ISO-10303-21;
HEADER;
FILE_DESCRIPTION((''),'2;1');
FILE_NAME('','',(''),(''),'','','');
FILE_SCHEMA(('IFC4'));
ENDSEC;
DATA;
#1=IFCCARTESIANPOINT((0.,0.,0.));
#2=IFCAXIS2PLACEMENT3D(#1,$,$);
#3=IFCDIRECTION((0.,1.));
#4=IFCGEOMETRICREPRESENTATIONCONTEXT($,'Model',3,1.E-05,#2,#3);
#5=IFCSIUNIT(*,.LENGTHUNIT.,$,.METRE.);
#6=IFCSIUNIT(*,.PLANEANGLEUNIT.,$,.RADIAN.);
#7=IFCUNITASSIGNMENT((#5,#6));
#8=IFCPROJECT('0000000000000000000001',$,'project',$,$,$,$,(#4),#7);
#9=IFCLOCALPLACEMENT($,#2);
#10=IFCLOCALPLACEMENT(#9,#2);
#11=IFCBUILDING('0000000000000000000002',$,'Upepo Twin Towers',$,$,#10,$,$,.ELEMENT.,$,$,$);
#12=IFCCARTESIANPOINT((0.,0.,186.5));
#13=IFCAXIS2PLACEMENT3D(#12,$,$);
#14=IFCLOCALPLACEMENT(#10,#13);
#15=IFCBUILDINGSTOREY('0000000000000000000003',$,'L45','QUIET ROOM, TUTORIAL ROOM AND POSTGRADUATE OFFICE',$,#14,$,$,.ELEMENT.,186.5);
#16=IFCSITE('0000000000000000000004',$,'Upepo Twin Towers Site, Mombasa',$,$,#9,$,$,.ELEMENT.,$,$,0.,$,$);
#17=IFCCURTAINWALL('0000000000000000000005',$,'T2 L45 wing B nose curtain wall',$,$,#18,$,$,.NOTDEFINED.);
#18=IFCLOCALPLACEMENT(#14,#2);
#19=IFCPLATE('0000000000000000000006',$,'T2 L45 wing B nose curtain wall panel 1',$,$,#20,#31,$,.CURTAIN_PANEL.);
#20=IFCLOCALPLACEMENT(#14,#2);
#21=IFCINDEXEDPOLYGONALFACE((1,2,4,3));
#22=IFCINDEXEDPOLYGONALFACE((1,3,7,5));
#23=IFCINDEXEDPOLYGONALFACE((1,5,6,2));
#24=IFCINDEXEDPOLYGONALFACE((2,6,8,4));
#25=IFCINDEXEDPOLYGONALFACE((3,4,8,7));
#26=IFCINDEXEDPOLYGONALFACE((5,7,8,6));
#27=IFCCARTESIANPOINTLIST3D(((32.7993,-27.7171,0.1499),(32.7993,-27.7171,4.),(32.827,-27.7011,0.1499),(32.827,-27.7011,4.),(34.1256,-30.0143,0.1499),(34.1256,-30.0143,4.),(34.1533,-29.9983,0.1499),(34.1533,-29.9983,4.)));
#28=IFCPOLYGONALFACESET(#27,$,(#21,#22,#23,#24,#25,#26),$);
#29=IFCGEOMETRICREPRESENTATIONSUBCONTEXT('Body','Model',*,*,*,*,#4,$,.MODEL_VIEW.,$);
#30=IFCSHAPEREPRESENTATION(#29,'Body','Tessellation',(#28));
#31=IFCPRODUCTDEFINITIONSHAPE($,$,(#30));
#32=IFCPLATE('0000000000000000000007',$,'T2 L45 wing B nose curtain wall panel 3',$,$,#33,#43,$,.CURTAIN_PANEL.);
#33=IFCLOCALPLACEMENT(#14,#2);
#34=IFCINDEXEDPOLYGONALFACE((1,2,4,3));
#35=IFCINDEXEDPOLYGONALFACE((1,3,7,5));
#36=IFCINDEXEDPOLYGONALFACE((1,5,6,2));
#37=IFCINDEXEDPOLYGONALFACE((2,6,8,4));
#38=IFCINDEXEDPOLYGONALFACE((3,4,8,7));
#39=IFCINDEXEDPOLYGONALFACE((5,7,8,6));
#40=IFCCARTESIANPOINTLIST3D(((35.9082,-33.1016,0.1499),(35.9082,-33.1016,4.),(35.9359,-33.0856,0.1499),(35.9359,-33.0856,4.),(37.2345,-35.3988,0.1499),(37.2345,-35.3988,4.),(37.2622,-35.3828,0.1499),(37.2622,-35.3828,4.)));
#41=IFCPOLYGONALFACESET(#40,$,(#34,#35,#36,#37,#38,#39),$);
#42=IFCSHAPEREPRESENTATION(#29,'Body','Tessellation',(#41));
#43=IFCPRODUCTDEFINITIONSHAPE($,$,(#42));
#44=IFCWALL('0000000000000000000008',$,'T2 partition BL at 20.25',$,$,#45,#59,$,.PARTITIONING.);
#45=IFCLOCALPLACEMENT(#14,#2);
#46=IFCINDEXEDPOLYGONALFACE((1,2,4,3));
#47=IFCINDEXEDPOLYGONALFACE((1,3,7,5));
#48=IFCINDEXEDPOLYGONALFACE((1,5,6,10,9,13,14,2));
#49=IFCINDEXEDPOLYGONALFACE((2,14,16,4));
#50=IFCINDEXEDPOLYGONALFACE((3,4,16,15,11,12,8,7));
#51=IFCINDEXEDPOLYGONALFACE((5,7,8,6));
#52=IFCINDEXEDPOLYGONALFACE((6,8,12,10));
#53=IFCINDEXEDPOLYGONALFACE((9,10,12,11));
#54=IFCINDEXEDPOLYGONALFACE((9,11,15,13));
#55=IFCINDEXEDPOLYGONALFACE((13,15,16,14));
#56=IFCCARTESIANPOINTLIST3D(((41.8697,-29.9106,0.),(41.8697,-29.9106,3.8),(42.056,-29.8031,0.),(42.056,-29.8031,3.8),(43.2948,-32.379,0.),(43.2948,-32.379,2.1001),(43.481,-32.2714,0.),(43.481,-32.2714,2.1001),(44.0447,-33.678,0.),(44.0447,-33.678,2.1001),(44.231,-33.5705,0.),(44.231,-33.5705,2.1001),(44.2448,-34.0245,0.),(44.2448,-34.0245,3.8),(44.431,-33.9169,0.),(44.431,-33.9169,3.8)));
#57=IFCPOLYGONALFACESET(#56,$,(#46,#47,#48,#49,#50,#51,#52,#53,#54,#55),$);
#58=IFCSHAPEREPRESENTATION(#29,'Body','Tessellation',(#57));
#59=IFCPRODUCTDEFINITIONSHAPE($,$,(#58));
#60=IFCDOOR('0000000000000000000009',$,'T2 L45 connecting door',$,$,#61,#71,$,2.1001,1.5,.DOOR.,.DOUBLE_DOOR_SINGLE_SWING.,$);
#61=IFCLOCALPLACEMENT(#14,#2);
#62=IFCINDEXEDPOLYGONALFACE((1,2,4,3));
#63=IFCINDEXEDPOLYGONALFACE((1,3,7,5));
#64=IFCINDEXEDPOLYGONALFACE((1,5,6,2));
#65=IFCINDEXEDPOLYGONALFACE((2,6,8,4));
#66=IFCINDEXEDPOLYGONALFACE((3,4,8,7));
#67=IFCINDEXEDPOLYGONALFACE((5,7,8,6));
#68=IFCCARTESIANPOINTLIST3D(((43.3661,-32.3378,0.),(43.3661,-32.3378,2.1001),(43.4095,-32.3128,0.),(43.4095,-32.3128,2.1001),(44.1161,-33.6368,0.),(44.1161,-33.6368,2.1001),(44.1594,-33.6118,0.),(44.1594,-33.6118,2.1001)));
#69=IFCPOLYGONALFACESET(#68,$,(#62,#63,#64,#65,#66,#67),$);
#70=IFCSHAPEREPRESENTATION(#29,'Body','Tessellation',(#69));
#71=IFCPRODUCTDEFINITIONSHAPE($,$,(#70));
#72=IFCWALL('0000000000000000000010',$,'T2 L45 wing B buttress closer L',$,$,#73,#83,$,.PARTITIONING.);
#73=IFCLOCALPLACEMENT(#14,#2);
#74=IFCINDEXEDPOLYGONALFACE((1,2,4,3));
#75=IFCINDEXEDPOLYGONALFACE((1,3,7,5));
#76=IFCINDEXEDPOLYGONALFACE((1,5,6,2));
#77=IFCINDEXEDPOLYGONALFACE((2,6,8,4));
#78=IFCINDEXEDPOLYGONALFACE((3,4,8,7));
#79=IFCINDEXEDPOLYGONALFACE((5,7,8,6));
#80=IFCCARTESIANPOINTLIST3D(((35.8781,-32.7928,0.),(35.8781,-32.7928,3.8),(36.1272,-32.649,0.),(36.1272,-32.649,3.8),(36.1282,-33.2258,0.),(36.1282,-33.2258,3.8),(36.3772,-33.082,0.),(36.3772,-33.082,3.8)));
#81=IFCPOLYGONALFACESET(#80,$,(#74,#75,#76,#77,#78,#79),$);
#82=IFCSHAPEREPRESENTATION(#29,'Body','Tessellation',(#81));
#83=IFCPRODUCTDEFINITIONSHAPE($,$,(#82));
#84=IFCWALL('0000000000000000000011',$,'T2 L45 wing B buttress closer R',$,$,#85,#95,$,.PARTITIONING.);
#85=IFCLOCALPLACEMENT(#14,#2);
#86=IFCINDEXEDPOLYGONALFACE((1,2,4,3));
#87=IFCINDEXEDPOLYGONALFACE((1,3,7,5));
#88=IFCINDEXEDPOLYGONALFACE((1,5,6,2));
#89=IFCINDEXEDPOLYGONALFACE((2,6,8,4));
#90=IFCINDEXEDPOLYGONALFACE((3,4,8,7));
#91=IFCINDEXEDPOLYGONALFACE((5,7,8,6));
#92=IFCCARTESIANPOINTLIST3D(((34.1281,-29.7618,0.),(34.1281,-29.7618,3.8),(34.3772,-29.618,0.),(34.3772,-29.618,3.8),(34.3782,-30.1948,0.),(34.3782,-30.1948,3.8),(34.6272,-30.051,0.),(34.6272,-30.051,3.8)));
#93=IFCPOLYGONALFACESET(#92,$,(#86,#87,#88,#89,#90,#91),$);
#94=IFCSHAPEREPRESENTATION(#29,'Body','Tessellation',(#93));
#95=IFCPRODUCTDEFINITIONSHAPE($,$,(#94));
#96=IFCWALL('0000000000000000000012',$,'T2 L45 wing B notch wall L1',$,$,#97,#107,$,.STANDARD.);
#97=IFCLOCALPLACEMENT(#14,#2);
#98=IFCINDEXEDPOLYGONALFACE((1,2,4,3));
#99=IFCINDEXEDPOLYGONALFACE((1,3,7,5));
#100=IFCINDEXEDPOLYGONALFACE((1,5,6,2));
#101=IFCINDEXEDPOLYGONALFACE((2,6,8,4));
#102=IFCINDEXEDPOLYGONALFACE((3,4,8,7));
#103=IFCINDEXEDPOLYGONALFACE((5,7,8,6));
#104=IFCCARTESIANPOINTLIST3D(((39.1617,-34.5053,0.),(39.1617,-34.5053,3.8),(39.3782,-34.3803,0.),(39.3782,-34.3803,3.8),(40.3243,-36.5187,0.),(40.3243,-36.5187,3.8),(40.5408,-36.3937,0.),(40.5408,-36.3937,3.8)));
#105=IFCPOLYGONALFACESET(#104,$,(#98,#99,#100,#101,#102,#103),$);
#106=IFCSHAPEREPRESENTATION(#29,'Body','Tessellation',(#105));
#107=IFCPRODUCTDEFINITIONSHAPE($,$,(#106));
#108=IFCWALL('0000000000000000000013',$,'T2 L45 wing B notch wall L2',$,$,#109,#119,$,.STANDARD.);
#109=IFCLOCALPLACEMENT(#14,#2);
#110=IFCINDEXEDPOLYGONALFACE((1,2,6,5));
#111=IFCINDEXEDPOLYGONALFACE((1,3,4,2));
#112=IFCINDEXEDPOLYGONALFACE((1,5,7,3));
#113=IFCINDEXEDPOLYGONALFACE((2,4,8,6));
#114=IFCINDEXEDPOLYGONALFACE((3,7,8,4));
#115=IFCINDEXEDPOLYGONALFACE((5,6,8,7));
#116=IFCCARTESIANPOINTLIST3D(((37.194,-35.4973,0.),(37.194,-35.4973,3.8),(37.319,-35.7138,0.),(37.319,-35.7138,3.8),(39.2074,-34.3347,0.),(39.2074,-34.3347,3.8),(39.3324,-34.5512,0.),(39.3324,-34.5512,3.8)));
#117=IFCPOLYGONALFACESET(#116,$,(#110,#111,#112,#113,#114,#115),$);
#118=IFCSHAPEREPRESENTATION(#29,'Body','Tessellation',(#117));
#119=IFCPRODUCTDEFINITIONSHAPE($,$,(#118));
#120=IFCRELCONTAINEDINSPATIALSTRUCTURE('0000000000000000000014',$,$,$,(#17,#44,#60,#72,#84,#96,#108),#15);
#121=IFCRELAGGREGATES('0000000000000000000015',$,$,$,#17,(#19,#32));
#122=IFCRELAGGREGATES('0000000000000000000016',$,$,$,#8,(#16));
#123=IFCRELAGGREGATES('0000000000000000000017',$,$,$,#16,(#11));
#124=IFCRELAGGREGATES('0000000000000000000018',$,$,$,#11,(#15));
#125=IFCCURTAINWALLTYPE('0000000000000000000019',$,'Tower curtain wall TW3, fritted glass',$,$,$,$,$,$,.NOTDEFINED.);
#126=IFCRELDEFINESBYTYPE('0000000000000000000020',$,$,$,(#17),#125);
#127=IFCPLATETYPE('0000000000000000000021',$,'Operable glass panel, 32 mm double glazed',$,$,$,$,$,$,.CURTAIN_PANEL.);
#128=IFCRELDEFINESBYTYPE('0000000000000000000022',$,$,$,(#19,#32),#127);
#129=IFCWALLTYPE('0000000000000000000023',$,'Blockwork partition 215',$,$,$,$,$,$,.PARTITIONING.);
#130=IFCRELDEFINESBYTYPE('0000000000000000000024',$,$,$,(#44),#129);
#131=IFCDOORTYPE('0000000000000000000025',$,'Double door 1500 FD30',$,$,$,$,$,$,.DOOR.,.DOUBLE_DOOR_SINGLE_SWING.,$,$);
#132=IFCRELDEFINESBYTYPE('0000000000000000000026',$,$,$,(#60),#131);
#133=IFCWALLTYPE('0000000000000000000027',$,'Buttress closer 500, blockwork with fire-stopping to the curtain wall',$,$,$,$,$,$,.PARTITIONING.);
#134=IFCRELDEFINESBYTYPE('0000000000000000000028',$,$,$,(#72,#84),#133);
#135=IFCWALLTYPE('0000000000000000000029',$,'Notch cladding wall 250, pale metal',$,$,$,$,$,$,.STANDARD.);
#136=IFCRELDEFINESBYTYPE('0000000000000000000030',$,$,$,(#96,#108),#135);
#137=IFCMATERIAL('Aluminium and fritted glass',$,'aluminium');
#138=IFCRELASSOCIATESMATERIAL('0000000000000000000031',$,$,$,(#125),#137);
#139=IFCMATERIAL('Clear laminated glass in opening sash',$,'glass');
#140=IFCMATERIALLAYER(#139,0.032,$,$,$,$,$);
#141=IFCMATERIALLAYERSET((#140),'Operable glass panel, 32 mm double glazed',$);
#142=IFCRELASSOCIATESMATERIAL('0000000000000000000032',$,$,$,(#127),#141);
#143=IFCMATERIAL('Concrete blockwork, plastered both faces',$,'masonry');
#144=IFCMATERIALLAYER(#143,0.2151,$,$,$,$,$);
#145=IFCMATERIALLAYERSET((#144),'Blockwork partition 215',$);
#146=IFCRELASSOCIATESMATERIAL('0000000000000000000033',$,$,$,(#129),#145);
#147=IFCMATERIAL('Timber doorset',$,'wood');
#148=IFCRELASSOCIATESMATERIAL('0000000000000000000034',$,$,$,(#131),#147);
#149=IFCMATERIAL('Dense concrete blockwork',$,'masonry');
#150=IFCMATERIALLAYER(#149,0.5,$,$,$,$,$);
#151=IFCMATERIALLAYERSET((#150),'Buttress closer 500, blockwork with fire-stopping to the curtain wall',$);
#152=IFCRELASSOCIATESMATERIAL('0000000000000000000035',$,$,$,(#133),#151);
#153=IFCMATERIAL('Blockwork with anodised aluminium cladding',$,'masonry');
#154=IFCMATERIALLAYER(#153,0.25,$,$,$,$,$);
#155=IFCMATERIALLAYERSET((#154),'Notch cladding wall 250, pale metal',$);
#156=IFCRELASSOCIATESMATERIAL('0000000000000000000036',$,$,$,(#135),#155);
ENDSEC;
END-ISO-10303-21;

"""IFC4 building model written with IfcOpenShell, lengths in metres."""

from ifc_helpers import new_model, si_unit, direction, frame, frame_2d, origin, origin_2d, place, context, subcontext, project, spatial, rectangle, extrude, material, layer, layer_set, type_object, element, fill, aggregate, save


model = new_model("IFC4")

# Units and contexts
model_context = context("Model", 3, precision=1e-05, world=origin(), true_north=direction((0.0, 1.0)))
body_context = subcontext(model_context, "Body", "Model", "MODEL_VIEW")
ifc_project = project(units=[si_unit("LENGTHUNIT", "METRE"), si_unit("PLANEANGLEUNIT", "RADIAN")], contexts=[model_context])

# Site, building, storey
site_placement = place(None, origin())
site = spatial("IfcSite", under=ifc_project, at=site_placement, Name="Upepo Twin Towers Site, Mombasa", CompositionType="ELEMENT", RefElevation=0.0)
building_placement = place(site_placement, origin())
building = spatial("IfcBuilding", under=site, at=building_placement, Name="Upepo Twin Towers", CompositionType="ELEMENT")
storey_placement = place(building_placement, frame((0.0, 0.0, 186.5)))
storey = spatial("IfcBuildingStorey", under=building, at=storey_placement, Name="L45", Description="QUIET ROOM, TUTORIAL ROOM AND POSTGRADUATE OFFICE", CompositionType="ELEMENT", Elevation=186.5)

# Shared definitions
ifc_material_1 = material(Name="Aluminium and fritted glass", Category="aluminium")
curtain_wall_type = type_object("IfcCurtainWallType", Name="Tower curtain wall TW3, fritted glass", PredefinedType="NOTDEFINED", material=ifc_material_1)

# Curtain wall
curtain_wall_1_placement = place(storey_placement, origin())
curtain_wall_1 = element("IfcCurtainWall", 1, at=curtain_wall_1_placement, inside=storey, type_object=curtain_wall_type, Name="T2 L45 wing B nose curtain wall", PredefinedType="NOTDEFINED")

# Plates
ifc_material_2 = material(Name="Clear laminated glass in opening sash", Category="glass")
ifc_layer_1 = layer(ifc_material_2, 0.032)
ifc_layer_set_1 = layer_set([ifc_layer_1], Name="Operable glass panel, 32 mm double glazed")
plate_type_1 = type_object("IfcPlateType", Name="Operable glass panel, 32 mm double glazed", PredefinedType="CURTAIN_PANEL", material=ifc_layer_set_1)
plate_1_placement = place(storey_placement, frame((33.4763, -28.8577, 0.1499), z_axis=(0.0, 0.0, 1.0), x_axis=(0.5, -0.866025, 0.0)))
plate_1 = element("IfcPlate", 2, at=plate_1_placement, type_object=plate_type_1, Name="T2 L45 wing B nose curtain wall panel 1", PredefinedType="CURTAIN_PANEL", context=body_context, shape_type="SweptSolid", body=[
    extrude(rectangle(XDim=2.6526, YDim=0.032, at=origin_2d()), origin(), (0.0, 0.0, 1.0), 3.8501),
])
plate_2_placement = place(storey_placement, frame((36.5852, -34.2422, 0.1499), z_axis=(0.0, 0.0, 1.0), x_axis=(0.5, -0.866025, 0.0)))
plate_2 = element("IfcPlate", 3, at=plate_2_placement, type_object=plate_type_1, Name="T2 L45 wing B nose curtain wall panel 3", PredefinedType="CURTAIN_PANEL", context=body_context, shape_type="SweptSolid", body=[
    extrude(rectangle(XDim=2.6526, YDim=0.032, at=origin_2d()), origin(), (0.0, 0.0, 1.0), 3.8501),
])
aggregate(curtain_wall_1, [plate_1, plate_2])

# Wall, opening, door
ifc_material_3 = material(Name="Concrete blockwork, plastered both faces", Category="masonry")
ifc_layer_2 = layer(ifc_material_3, 0.2151)
ifc_layer_set_2 = layer_set([ifc_layer_2], Name="Blockwork partition 215")
wall_type_1 = type_object("IfcWallType", Name="Blockwork partition 215", PredefinedType="PARTITIONING", material=ifc_layer_set_2)
wall_placement = place(storey_placement, frame((41.9629, -29.8569, 0.0), z_axis=(0.0, 0.0, 1.0), x_axis=(0.499986, -0.866033, 0.0)))
wall = element("IfcWall", 4, at=wall_placement, inside=storey, type_object=wall_type_1, Name="T2 partition BL at 20.25", PredefinedType="PARTITIONING", context=body_context, shape_type="SweptSolid", body=[
    extrude(rectangle(XDim=4.7502, YDim=0.2151, at=frame_2d((2.375, 0.0))), origin(), (0.0, 0.0, 1.0), 3.8),
])
opening_placement = place(wall_placement, frame((2.8501, 0.0, 0.0)))
opening = element("IfcOpeningElement", 5, at=opening_placement, cuts=wall, PredefinedType="OPENING", context=body_context, shape_type="SweptSolid", body=[
    extrude(rectangle(XDim=1.5, YDim=2.1001, at=frame_2d((0.75, 1.05))), frame((0.0, 0.1174, 0.0), z_axis=(0.0, -1.0, 0.0), x_axis=(1.0, 0.0, 0.0)), (0.0, 0.0, 1.0), 0.2351),
])
ifc_material_4 = material(Name="Timber doorset", Category="wood")
door_type = type_object("IfcDoorType", Name="Double door 1500 FD30", OperationType="DOUBLE_DOOR_SINGLE_SWING", PredefinedType="DOOR", material=ifc_material_4)
door_placement = place(opening_placement, origin())
door = element("IfcDoor", 6, at=door_placement, inside=storey, type_object=door_type, Name="T2 L45 connecting door", OperationType="DOUBLE_DOOR_SINGLE_SWING", OverallHeight=2.1001, OverallWidth=1.5, PredefinedType="DOOR", context=body_context, shape_type="SweptSolid", body=[
    extrude(rectangle(XDim=1.5, YDim=2.1001, at=frame_2d((0.75, 1.05))), frame((0.0, 0.0249, 0.0), z_axis=(0.0, -1.0, 0.0), x_axis=(1.0, 0.0, 0.0)), (0.0, 0.0, 1.0), 0.05),
])
fill(opening, door)

# Walls
ifc_material_5 = material(Name="Dense concrete blockwork", Category="masonry")
ifc_layer_3 = layer(ifc_material_5, 0.5)
ifc_layer_set_3 = layer_set([ifc_layer_3], Name="Buttress closer 500, blockwork with fire-stopping to the curtain wall")
wall_type_2 = type_object("IfcWallType", Name="Buttress closer 500, blockwork with fire-stopping to the curtain wall", PredefinedType="PARTITIONING", material=ifc_layer_set_3)
for number, where, z_axis, x_axis, name in (
    (7, (36.2522, -32.8655, 0.0), (0.0, 0.0, 1.0), (-0.865988, -0.500065, 0.0), "T2 L45 wing B buttress closer L"),
    (8, (34.5022, -29.8345, 0.0), (0.0, 0.0, 1.0), (-0.865988, -0.500065, 0.0), "T2 L45 wing B buttress closer R"),
):
    element("IfcWall", number, at=place(storey_placement, frame(where, z_axis=z_axis, x_axis=x_axis)), inside=storey, type_object=wall_type_2, Name=name, PredefinedType="PARTITIONING", context=body_context, shape_type="SweptSolid", body=[
        extrude(rectangle(XDim=0.2876, YDim=0.5, at=frame_2d((0.1438, 0.0))), origin(), (0.0, 0.0, 1.0), 3.8),
    ])
ifc_material_6 = material(Name="Blockwork with anodised aluminium cladding", Category="masonry")
ifc_layer_4 = layer(ifc_material_6, 0.25)
ifc_layer_set_4 = layer_set([ifc_layer_4], Name="Notch cladding wall 250, pale metal")
wall_type_3 = type_object("IfcWallType", Name="Notch cladding wall 250, pale metal", PredefinedType="STANDARD", material=ifc_layer_set_4)
for number, where, z_axis, x_axis, name in (
    (9, (40.4326, -36.4563, 0.0), (0.0, 0.0, 1.0), (-0.500047, 0.865998, 0.0), "T2 L45 wing B notch wall L1"),
    (10, (39.27, -34.4429, 0.0), (0.0, 0.0, 1.0), (-0.865998, -0.500047, 0.0), "T2 L45 wing B notch wall L2"),
):
    element("IfcWall", number, at=place(storey_placement, frame(where, z_axis=z_axis, x_axis=x_axis)), inside=storey, type_object=wall_type_3, Name=name, PredefinedType="STANDARD", context=body_context, shape_type="SweptSolid", body=[
        extrude(rectangle(XDim=2.325, YDim=0.25, at=frame_2d((1.1626, 0.0))), origin(), (0.0, 0.0, 1.0), 3.8),
    ])

save(model, "model.ifc")
